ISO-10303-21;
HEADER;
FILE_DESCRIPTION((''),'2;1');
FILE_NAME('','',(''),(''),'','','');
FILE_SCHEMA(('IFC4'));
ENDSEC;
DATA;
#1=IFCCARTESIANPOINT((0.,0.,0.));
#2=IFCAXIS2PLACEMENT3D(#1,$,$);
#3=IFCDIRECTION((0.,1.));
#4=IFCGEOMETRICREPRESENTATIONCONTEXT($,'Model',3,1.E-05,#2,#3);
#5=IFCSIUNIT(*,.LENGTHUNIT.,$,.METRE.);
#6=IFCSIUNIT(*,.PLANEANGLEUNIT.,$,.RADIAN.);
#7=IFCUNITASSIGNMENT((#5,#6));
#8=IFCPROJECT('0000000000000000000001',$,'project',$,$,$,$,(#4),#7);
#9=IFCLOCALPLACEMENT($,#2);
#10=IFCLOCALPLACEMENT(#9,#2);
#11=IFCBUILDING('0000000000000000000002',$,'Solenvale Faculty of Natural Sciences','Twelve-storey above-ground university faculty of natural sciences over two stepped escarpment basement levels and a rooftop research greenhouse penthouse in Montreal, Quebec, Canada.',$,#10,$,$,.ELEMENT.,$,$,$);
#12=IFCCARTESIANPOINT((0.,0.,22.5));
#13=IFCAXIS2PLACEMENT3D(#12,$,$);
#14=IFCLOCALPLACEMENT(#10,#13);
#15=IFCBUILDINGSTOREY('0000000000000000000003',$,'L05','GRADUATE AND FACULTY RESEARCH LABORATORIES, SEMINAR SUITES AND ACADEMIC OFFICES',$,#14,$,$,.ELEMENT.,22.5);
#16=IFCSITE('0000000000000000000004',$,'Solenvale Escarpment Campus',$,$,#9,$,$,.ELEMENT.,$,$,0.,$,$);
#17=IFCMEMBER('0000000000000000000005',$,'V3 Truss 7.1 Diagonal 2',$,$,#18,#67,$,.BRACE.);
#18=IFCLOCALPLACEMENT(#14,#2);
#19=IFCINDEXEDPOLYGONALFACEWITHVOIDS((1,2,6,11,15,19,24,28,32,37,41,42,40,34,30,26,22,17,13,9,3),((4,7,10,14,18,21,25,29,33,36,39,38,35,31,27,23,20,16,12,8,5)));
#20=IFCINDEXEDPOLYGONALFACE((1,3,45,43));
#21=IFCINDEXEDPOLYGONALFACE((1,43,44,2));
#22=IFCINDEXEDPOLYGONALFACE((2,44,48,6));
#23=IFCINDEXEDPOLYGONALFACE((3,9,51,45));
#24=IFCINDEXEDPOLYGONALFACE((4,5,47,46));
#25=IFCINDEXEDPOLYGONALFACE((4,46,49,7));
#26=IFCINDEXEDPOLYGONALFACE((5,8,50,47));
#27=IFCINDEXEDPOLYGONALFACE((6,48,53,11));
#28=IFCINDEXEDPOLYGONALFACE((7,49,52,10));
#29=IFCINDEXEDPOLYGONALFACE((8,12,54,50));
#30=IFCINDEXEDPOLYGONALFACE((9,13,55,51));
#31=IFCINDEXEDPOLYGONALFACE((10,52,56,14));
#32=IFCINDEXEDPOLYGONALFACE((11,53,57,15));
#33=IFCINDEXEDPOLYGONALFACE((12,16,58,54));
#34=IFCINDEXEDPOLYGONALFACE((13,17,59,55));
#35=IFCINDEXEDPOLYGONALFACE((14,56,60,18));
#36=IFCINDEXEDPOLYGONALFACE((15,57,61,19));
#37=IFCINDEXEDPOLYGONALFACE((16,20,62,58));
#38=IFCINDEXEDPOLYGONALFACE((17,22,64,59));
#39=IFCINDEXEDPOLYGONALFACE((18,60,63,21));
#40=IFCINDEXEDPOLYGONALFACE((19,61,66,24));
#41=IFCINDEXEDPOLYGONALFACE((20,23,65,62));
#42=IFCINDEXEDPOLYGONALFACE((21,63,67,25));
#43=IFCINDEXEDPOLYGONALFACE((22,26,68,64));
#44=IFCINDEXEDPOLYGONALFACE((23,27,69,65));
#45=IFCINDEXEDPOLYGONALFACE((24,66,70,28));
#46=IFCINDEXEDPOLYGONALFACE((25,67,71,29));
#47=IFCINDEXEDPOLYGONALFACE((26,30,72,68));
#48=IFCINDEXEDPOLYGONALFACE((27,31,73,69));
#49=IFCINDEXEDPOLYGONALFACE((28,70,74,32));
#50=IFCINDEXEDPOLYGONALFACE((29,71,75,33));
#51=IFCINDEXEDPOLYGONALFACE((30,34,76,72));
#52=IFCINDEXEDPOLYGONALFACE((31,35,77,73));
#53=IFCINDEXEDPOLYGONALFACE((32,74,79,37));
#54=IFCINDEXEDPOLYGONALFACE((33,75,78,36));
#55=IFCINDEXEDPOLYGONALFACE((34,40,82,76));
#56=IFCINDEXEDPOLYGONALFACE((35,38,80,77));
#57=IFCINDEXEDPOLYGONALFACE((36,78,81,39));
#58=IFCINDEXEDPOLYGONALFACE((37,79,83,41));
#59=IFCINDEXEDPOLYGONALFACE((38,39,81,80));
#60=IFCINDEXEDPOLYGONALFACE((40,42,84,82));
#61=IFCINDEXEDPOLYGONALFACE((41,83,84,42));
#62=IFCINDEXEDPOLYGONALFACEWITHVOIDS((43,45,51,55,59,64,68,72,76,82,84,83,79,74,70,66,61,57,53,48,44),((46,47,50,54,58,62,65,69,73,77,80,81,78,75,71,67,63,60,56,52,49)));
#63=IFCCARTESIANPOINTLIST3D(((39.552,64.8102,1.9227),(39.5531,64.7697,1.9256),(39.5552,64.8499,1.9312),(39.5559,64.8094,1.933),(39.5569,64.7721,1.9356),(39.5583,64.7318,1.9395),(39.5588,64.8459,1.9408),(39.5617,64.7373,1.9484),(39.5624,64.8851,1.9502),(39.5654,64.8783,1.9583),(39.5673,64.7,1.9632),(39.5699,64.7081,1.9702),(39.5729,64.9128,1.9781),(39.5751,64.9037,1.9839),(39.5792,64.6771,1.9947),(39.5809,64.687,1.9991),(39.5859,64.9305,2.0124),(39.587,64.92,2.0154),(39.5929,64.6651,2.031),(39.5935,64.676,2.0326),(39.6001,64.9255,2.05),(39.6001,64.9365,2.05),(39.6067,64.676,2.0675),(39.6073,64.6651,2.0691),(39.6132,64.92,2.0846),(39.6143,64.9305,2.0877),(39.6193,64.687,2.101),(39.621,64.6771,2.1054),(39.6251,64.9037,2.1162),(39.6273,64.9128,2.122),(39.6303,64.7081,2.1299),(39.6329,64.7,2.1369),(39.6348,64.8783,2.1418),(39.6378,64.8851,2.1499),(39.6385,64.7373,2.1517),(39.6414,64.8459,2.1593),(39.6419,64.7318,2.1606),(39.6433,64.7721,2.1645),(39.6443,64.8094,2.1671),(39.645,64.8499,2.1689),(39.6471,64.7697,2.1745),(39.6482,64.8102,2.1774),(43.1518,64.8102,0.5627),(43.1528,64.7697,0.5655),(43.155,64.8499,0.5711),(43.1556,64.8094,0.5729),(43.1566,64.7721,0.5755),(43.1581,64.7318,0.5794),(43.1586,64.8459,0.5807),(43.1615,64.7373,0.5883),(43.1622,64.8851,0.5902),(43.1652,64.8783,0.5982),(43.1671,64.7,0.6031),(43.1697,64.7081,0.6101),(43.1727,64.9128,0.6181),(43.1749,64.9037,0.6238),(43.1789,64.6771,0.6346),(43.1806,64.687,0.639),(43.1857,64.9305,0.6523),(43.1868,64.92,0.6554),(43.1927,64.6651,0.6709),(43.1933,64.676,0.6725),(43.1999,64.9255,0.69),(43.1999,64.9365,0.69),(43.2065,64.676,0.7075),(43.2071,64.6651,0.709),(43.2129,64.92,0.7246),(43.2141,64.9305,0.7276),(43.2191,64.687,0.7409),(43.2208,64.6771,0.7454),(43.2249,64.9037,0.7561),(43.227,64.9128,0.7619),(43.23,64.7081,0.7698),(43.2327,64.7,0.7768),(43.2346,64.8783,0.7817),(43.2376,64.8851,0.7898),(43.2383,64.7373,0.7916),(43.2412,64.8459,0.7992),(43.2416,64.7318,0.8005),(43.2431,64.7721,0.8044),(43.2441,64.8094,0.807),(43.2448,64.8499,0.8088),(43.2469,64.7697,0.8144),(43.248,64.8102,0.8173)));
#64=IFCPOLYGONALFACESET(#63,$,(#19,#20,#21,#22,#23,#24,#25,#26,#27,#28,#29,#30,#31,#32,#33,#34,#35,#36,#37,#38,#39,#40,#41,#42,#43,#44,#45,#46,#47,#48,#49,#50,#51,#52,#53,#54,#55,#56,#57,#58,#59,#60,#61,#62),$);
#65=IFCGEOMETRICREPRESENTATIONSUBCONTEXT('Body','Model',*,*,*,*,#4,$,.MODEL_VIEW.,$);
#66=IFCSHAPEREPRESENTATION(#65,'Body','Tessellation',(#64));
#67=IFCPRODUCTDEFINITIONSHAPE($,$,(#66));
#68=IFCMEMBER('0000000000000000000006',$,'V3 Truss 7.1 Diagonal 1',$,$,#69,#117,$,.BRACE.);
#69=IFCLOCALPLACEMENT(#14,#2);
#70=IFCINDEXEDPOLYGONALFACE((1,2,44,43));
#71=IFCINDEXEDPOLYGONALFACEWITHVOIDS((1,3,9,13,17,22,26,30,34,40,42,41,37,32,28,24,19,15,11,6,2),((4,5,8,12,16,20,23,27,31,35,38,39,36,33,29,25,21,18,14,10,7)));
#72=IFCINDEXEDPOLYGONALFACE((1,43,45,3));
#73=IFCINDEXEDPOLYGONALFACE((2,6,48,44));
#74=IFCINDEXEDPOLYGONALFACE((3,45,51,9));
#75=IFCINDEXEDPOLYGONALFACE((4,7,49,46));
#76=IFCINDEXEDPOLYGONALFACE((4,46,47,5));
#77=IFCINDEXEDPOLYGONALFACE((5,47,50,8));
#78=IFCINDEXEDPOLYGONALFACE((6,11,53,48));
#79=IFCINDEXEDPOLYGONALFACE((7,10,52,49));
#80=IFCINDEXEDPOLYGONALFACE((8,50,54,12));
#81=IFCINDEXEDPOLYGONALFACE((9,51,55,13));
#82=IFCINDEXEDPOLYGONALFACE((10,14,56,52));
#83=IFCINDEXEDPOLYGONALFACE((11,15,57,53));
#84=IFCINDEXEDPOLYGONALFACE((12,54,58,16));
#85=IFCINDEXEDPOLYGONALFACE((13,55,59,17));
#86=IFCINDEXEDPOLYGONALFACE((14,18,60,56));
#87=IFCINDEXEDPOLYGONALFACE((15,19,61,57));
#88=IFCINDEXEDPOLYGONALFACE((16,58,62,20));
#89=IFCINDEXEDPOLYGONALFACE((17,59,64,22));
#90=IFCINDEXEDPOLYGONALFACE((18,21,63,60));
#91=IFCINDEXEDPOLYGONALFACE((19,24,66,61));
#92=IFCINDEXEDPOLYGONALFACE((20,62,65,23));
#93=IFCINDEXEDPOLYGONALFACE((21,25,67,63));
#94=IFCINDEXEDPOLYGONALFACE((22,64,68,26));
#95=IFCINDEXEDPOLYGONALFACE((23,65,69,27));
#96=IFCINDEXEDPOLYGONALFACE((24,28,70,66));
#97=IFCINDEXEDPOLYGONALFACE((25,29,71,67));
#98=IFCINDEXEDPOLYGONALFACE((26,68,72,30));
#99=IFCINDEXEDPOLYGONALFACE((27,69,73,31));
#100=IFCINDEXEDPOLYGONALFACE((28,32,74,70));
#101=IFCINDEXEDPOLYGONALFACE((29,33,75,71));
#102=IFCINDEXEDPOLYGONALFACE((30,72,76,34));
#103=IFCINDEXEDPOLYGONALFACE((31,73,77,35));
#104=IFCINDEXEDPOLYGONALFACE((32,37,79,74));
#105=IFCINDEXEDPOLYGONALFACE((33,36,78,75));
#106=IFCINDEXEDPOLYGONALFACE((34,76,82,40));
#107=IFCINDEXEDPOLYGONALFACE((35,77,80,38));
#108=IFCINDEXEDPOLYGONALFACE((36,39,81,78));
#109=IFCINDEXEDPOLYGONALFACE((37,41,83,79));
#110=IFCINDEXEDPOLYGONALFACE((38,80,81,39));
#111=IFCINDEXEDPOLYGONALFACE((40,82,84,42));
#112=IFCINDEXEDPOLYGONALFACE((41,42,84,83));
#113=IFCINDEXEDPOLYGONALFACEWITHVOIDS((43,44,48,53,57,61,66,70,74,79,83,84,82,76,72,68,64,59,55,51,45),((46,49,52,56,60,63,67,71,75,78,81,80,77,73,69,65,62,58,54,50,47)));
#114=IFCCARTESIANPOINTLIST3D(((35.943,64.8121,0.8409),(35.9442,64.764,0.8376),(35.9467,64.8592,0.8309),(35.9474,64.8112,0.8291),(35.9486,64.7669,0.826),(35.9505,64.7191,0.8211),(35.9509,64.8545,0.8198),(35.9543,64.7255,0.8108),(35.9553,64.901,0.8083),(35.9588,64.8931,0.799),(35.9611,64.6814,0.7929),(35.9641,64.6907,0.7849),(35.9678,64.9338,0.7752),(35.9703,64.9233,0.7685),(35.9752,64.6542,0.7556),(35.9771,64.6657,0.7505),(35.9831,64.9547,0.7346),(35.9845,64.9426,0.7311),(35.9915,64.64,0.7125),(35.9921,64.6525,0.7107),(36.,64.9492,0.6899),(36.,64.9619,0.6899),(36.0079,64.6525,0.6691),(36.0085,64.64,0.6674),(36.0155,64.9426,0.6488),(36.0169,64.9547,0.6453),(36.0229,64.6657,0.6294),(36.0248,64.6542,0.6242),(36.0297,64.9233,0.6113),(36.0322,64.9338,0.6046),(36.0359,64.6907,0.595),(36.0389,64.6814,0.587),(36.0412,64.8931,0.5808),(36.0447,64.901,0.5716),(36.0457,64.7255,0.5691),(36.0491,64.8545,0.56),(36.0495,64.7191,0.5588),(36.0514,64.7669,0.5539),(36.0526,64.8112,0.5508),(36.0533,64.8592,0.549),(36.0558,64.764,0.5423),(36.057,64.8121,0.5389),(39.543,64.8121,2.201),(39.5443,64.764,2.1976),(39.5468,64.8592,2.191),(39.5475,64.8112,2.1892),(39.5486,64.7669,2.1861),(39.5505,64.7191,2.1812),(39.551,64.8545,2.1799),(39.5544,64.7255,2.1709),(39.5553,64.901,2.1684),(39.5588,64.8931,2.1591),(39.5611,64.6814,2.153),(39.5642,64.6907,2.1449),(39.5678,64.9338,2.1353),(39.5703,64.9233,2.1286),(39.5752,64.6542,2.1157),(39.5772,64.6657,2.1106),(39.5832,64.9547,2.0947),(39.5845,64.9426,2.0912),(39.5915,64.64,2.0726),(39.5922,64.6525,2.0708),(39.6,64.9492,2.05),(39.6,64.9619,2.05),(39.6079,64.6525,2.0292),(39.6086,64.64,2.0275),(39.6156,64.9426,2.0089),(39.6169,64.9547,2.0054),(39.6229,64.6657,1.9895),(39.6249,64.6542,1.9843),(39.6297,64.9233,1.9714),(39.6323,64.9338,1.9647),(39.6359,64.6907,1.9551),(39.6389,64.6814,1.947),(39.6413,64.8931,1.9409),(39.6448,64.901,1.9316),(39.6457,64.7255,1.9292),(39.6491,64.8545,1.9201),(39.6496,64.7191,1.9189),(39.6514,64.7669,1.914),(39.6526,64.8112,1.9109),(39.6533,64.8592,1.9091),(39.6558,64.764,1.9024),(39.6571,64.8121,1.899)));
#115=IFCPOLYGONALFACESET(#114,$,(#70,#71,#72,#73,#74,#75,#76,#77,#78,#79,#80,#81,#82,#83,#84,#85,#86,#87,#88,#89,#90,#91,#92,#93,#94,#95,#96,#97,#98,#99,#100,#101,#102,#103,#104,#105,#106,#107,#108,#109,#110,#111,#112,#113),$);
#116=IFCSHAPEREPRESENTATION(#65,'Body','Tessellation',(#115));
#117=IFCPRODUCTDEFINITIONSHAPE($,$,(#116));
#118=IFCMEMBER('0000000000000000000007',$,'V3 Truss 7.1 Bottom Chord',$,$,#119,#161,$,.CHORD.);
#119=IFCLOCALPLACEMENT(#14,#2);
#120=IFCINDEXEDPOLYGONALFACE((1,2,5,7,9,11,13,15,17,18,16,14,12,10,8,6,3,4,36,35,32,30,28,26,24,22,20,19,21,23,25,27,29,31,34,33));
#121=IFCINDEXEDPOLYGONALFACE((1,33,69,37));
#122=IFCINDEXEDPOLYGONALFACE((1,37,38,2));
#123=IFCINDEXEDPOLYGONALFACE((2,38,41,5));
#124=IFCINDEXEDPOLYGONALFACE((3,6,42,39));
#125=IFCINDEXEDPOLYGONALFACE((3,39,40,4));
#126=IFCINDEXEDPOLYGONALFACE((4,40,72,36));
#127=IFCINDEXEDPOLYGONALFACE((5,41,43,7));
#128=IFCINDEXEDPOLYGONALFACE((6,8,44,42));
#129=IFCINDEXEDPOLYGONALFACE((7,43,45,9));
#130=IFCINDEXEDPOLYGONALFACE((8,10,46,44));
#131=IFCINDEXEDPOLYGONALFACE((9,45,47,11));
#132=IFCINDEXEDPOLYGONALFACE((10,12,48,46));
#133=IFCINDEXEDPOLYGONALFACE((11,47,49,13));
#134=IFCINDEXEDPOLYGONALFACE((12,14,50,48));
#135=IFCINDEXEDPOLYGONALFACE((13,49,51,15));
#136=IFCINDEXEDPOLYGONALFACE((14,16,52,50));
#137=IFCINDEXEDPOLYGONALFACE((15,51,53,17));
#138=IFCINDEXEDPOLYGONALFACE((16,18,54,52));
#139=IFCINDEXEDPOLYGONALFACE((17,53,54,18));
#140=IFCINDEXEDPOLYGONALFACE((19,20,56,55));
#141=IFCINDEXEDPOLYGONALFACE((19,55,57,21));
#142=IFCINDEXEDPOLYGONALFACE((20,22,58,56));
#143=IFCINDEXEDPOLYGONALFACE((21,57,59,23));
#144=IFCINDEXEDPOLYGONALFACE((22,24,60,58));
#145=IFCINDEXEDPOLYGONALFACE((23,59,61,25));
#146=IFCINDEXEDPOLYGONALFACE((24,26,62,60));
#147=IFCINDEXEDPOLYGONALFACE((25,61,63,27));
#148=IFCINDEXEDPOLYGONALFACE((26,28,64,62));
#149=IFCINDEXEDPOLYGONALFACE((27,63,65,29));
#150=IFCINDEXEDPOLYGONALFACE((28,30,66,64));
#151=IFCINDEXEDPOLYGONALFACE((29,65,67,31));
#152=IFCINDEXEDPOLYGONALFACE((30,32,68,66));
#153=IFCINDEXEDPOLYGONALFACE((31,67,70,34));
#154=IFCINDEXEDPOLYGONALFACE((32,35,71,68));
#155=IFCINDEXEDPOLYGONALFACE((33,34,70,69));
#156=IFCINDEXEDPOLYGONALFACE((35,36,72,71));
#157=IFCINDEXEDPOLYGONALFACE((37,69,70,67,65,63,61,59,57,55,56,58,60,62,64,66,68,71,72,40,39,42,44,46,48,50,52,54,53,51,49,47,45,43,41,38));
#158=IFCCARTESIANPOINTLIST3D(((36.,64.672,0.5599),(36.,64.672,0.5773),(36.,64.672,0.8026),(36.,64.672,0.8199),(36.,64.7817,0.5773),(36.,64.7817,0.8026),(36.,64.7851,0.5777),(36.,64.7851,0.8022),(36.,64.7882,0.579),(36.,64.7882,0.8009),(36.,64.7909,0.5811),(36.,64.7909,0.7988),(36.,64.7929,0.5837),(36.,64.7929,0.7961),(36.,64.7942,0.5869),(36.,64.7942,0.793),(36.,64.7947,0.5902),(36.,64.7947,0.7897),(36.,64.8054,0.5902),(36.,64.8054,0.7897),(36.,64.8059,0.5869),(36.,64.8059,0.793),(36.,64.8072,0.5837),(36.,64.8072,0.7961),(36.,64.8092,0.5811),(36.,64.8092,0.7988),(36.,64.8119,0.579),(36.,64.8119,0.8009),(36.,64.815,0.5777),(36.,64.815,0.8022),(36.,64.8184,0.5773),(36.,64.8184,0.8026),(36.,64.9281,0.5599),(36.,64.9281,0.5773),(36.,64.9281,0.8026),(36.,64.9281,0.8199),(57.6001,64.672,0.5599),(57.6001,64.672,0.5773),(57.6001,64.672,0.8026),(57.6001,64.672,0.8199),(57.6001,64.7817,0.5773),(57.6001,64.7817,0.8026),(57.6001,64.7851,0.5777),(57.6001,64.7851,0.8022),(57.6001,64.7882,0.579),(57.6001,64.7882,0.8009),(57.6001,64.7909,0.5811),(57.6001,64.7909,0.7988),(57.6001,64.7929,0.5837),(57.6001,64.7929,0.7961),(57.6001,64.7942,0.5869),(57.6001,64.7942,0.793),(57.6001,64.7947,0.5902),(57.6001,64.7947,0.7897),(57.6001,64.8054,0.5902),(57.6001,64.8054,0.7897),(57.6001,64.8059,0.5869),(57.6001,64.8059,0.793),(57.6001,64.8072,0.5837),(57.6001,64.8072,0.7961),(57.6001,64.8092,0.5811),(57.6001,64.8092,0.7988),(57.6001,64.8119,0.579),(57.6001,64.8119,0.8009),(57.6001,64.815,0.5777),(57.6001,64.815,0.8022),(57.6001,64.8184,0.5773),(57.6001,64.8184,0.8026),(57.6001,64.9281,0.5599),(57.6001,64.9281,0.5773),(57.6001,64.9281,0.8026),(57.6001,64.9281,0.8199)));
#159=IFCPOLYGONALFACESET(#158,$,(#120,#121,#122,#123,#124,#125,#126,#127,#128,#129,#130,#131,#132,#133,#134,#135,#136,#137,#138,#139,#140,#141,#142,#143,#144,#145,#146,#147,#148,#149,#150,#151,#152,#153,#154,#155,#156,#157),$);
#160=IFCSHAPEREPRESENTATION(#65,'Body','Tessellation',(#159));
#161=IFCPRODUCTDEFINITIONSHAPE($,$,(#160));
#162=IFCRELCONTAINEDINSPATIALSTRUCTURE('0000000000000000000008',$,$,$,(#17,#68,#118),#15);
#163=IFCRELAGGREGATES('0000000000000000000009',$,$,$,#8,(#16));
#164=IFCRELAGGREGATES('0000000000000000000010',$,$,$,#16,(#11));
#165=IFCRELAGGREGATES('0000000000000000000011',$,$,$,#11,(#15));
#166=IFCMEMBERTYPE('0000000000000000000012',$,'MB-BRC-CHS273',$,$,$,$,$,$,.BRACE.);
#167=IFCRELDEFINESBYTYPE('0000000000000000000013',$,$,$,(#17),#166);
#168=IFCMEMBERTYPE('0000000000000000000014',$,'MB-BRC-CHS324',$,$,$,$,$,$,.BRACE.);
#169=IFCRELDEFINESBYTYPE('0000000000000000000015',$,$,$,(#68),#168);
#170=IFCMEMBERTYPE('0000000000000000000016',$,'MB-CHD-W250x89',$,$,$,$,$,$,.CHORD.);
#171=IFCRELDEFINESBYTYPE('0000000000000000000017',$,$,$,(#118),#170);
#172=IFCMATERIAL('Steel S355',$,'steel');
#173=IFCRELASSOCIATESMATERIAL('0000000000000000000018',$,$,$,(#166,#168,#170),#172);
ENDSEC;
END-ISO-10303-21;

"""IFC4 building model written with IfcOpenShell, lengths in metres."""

from ifc_helpers import new_model, si_unit, direction, frame, origin, origin_2d, place, context, subcontext, project, spatial, hollow_circle, i_section, extrude, material, material_profile, profile_set, type_object, element, save


model = new_model("IFC4")

# Units and contexts
model_context = context("Model", 3, precision=1e-05, world=origin(), true_north=direction((0.0, 1.0)))
body_context = subcontext(model_context, "Body", "Model", "MODEL_VIEW")
ifc_project = project(units=[si_unit("LENGTHUNIT", "METRE"), si_unit("PLANEANGLEUNIT", "RADIAN")], contexts=[model_context])

# Site, building, storey
site_placement = place(None, origin())
site = spatial("IfcSite", under=ifc_project, at=site_placement, Name="Solenvale Escarpment Campus", CompositionType="ELEMENT", RefElevation=0.0)
building_placement = place(site_placement, origin())
building = spatial("IfcBuilding", under=site, at=building_placement, Name="Solenvale Faculty of Natural Sciences", Description="Twelve-storey above-ground university faculty of natural sciences over two stepped escarpment basement levels and a rooftop research greenhouse penthouse in Montreal, Quebec, Canada.", CompositionType="ELEMENT")
storey_placement = place(building_placement, frame((0.0, 0.0, 22.5)))
storey = spatial("IfcBuildingStorey", under=building, at=storey_placement, Name="L05", Description="GRADUATE AND FACULTY RESEARCH LABORATORIES, SEMINAR SUITES AND ACADEMIC OFFICES", CompositionType="ELEMENT", Elevation=22.5)

# Shared definitions
ifc_material_1 = material(Name="Steel S355", Category="steel")

# Members
ifc_material_profile_1 = material_profile(ifc_material_1, hollow_circle(Radius=0.1365, WallThickness=0.011, at=origin_2d()), Name="HSS273x11")
ifc_profile_set_1 = profile_set([ifc_material_profile_1], Name="Steel S355")
member_type_1 = type_object("IfcMemberType", Name="MB-BRC-CHS273", PredefinedType="BRACE", material=ifc_profile_set_1)
member_1_placement = place(storey_placement, frame((39.6001, 64.8, 2.05), z_axis=(0.935458, 0.0, -0.353438), x_axis=(0.0, 1.0, 0.0)))
element("IfcMember", 1, at=member_1_placement, inside=storey, type_object=member_type_1, Name="V3 Truss 7.1 Diagonal 2", PredefinedType="BRACE", context=body_context, shape_type="SweptSolid", body=[
    extrude(hollow_circle(Radius=0.1365, WallThickness=0.011, at=origin_2d()), origin(), (0.0, 0.0, 1.0), 3.8481),
])
ifc_material_profile_2 = material_profile(ifc_material_1, hollow_circle(Radius=0.1619, WallThickness=0.0127, at=origin_2d()), Name="HSS324x13")
ifc_profile_set_2 = profile_set([ifc_material_profile_2], Name="Steel S355")
member_type_2 = type_object("IfcMemberType", Name="MB-BRC-CHS324", PredefinedType="BRACE", material=ifc_profile_set_2)
member_2_placement = place(storey_placement, frame((36.0, 64.8, 0.6899), z_axis=(0.935466, 0.0, 0.353417), x_axis=(0.0, 1.0, 0.0)))
element("IfcMember", 2, at=member_2_placement, inside=storey, type_object=member_type_2, Name="V3 Truss 7.1 Diagonal 1", PredefinedType="BRACE", context=body_context, shape_type="SweptSolid", body=[
    extrude(hollow_circle(Radius=0.1619, WallThickness=0.0127, at=origin_2d()), origin(), (0.0, 0.0, 1.0), 3.8484),
])
ifc_material_profile_3 = material_profile(ifc_material_1, i_section(OverallWidth=0.2561, OverallDepth=0.26, WebThickness=0.0107, FlangeThickness=0.0173, FilletRadius=0.0129, at=origin_2d()), Name="W250x89")
ifc_profile_set_3 = profile_set([ifc_material_profile_3], Name="Steel S355")
member_type_3 = type_object("IfcMemberType", Name="MB-CHD-W250x89", PredefinedType="CHORD", material=ifc_profile_set_3)
member_3_placement = place(storey_placement, frame((36.0, 64.8, 0.6899), z_axis=(1.0, 0.0, 0.0), x_axis=(0.0, 1.0, 0.0)))
element("IfcMember", 3, at=member_3_placement, inside=storey, type_object=member_type_3, Name="V3 Truss 7.1 Bottom Chord", PredefinedType="CHORD", context=body_context, shape_type="SweptSolid", body=[
    extrude(i_section(OverallWidth=0.2561, OverallDepth=0.26, WebThickness=0.0107, FlangeThickness=0.0173, FilletRadius=0.0129, at=origin_2d()), origin(), (0.0, 0.0, 1.0), 21.6001),
])

save(model, "model.ifc")
